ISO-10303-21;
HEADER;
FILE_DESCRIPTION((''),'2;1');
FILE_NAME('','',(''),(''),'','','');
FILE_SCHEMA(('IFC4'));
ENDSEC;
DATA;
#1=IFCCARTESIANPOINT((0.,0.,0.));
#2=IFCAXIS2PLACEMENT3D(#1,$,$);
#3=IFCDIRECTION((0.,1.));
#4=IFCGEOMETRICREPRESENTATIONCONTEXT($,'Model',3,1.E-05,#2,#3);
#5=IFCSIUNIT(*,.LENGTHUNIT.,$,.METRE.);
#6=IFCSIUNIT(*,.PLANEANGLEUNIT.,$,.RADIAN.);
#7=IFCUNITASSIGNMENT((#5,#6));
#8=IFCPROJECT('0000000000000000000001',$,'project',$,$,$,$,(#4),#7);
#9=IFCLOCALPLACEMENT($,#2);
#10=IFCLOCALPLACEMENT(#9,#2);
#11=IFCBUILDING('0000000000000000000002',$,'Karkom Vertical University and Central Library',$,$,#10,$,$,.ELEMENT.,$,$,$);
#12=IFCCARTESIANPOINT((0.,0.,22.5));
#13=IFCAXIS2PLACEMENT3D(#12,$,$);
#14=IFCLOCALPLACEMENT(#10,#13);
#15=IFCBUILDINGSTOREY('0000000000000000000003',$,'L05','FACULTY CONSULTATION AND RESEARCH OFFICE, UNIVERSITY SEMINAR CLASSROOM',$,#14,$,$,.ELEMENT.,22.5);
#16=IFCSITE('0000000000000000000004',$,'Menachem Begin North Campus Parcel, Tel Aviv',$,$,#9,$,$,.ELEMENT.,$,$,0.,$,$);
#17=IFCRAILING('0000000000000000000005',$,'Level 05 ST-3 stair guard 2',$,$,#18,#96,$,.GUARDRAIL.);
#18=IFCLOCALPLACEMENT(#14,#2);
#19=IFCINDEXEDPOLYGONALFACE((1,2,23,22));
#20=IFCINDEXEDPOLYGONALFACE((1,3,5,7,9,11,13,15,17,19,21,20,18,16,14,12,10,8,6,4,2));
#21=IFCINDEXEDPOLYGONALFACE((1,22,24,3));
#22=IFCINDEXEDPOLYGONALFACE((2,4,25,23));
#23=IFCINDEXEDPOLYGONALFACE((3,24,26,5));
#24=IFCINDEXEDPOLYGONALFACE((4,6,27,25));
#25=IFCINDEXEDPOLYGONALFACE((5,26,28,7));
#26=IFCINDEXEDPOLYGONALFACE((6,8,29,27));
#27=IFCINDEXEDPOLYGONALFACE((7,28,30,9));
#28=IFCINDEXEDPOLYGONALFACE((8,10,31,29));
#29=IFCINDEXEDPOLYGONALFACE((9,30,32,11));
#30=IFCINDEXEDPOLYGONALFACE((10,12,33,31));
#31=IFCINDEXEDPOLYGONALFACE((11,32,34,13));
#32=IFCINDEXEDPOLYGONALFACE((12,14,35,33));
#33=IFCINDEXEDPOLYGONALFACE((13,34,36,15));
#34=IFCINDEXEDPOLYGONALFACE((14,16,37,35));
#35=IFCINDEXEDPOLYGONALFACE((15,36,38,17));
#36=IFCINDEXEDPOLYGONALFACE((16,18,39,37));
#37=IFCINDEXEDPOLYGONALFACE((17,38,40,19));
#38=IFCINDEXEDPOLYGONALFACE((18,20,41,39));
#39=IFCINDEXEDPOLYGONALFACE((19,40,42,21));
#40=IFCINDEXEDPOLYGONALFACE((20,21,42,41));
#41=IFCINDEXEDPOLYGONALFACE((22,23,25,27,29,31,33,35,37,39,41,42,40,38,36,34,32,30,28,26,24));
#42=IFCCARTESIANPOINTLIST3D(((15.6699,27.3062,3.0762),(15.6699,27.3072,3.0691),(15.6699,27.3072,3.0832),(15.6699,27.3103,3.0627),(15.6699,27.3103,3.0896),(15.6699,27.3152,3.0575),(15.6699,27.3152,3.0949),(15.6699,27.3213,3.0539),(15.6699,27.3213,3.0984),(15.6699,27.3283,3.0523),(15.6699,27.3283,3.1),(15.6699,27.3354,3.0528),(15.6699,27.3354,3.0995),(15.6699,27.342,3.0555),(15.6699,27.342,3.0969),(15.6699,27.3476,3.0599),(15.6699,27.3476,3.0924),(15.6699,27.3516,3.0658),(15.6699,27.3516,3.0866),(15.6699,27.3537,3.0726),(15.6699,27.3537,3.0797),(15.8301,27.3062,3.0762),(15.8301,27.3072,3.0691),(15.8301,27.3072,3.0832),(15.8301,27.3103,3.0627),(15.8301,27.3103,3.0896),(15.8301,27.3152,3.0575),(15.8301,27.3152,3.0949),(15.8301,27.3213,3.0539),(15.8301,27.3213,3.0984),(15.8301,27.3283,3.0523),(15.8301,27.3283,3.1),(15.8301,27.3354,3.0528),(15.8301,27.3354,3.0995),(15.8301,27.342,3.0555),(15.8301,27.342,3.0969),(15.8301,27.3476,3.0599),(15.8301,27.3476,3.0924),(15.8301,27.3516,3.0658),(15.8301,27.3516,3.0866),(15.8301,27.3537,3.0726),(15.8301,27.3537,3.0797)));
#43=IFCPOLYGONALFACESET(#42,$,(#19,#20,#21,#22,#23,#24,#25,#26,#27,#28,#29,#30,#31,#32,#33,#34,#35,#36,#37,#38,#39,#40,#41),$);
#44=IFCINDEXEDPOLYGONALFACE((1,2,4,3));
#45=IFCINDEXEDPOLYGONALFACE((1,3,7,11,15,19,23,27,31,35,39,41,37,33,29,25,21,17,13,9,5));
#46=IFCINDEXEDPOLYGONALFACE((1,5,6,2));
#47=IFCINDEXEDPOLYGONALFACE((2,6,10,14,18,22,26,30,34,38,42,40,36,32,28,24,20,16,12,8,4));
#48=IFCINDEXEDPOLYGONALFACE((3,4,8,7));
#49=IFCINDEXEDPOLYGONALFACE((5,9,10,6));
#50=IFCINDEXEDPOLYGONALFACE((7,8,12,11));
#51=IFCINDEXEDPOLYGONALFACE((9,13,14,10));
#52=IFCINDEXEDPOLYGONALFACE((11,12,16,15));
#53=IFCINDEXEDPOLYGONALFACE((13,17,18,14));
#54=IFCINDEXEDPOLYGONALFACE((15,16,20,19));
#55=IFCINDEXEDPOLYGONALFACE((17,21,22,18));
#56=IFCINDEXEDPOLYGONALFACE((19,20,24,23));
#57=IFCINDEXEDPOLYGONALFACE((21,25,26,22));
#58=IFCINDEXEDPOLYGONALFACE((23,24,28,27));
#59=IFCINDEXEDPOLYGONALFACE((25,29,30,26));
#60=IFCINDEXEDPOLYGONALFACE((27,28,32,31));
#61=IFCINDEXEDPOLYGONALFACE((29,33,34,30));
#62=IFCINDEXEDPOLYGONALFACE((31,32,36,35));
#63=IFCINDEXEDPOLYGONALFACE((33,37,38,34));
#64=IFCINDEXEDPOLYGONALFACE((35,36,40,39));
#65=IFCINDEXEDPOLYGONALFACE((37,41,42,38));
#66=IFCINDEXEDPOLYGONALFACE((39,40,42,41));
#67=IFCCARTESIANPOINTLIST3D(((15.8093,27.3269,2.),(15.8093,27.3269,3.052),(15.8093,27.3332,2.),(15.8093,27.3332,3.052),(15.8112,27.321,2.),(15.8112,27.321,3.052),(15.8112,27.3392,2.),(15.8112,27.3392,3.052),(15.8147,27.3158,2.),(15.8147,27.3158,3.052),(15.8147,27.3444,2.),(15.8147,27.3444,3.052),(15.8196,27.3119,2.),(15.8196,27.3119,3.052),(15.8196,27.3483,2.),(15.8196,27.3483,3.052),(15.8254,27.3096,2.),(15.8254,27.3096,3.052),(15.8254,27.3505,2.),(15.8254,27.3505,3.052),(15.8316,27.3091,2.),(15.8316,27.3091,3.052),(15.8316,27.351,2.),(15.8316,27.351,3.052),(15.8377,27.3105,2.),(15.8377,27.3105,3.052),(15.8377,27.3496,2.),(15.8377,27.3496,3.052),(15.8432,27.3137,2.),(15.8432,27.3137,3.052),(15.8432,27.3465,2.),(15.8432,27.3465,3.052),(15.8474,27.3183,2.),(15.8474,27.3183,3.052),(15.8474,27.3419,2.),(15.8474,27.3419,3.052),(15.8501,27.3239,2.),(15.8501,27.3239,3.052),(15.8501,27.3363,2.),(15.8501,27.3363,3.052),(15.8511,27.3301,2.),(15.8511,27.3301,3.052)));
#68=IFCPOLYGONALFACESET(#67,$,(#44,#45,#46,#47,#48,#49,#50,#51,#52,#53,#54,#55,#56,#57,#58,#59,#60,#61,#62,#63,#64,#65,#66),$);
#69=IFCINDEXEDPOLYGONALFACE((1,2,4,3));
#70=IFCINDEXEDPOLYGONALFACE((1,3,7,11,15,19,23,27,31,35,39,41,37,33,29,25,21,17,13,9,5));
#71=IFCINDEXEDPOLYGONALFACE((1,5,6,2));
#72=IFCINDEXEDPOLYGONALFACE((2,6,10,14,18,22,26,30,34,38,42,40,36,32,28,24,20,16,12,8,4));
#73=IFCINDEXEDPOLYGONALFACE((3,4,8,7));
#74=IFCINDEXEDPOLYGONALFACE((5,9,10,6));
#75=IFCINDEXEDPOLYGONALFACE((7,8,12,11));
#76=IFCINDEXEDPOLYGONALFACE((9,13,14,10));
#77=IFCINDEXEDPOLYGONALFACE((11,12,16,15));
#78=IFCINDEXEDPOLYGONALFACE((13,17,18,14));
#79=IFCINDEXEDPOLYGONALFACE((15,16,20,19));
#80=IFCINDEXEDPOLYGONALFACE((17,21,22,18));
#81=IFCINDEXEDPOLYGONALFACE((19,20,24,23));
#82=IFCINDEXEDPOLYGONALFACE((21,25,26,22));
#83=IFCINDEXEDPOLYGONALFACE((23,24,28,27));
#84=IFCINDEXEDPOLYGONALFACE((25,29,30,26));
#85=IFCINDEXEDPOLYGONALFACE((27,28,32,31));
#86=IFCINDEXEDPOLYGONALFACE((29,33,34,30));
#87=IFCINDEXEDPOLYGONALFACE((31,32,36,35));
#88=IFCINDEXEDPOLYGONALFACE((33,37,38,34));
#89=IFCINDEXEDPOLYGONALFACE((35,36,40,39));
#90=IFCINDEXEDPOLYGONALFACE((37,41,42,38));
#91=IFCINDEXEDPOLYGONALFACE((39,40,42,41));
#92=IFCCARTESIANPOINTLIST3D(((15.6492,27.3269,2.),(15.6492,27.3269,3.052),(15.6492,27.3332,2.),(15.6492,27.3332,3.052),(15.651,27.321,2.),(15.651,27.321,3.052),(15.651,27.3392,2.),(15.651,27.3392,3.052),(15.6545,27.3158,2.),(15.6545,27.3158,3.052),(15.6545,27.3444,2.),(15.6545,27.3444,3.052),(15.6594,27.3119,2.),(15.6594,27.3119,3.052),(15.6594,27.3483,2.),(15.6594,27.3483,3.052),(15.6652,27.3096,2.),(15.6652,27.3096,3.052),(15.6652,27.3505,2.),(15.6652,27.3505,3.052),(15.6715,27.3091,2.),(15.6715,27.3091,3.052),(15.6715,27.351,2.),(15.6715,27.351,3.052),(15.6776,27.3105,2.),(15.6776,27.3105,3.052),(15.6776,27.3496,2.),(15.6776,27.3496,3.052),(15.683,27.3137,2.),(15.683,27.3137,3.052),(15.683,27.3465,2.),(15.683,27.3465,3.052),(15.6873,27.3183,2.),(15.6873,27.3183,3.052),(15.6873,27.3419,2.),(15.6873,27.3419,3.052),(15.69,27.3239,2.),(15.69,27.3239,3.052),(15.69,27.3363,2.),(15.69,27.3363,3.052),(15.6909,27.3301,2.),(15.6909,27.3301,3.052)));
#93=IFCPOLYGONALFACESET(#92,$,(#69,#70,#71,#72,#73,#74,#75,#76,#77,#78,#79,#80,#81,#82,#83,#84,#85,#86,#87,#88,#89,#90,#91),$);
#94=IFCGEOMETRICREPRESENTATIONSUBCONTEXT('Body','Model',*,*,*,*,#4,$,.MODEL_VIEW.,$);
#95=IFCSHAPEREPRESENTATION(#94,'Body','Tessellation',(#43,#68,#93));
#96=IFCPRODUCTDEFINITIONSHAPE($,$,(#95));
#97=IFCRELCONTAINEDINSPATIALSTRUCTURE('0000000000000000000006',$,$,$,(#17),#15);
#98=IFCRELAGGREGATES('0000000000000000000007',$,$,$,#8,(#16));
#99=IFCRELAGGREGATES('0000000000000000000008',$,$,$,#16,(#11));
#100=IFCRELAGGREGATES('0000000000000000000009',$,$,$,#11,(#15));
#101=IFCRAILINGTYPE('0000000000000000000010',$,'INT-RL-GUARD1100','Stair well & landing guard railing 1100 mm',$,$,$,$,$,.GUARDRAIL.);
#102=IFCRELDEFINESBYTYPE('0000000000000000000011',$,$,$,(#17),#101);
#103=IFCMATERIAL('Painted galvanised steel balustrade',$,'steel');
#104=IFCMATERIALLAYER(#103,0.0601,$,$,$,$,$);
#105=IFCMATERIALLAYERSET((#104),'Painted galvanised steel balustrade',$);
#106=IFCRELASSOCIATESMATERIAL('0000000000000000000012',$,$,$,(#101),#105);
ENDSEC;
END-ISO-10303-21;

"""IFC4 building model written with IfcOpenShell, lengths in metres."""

from ifc_helpers import new_model, si_unit, direction, frame, origin, origin_2d, place, context, subcontext, project, spatial, circle, extrude, material, layer, layer_set, type_object, element, save


model = new_model("IFC4")

# Units and contexts
model_context = context("Model", 3, precision=1e-05, world=origin(), true_north=direction((0.0, 1.0)))
body_context = subcontext(model_context, "Body", "Model", "MODEL_VIEW")
ifc_project = project(units=[si_unit("LENGTHUNIT", "METRE"), si_unit("PLANEANGLEUNIT", "RADIAN")], contexts=[model_context])

# Site, building, storey
site_placement = place(None, origin())
site = spatial("IfcSite", under=ifc_project, at=site_placement, Name="Menachem Begin North Campus Parcel, Tel Aviv", CompositionType="ELEMENT", RefElevation=0.0)
building_placement = place(site_placement, origin())
building = spatial("IfcBuilding", under=site, at=building_placement, Name="Karkom Vertical University and Central Library", CompositionType="ELEMENT")
storey_placement = place(building_placement, frame((0.0, 0.0, 22.5)))
storey = spatial("IfcBuildingStorey", under=building, at=storey_placement, Name="L05", Description="FACULTY CONSULTATION AND RESEARCH OFFICE, UNIVERSITY SEMINAR CLASSROOM", CompositionType="ELEMENT", Elevation=22.5)

# Railing
ifc_material_1 = material(Name="Painted galvanised steel balustrade", Category="steel")
ifc_layer_1 = layer(ifc_material_1, 0.0601)
ifc_layer_set_1 = layer_set([ifc_layer_1], Name="Painted galvanised steel balustrade")
railing_type_1 = type_object("IfcRailingType", Name="INT-RL-GUARD1100", Description="Stair well & landing guard railing 1100 mm", PredefinedType="GUARDRAIL", material=ifc_layer_set_1)
railing_1_placement = place(storey_placement, frame((15.8301, 27.3301, 2.0)))
element("IfcRailing", 1, at=railing_1_placement, inside=storey, type_object=railing_type_1, Name="Level 05 ST-3 stair guard 2", PredefinedType="GUARDRAIL", context=body_context, shape_type="SweptSolid", body=[
    extrude(circle(Radius=0.0239, at=origin_2d()), frame((0.0, 0.0, 1.0762), z_axis=(-1.0, 0.0, 0.0), x_axis=(0.0, -1.0, 0.0)), (0.0, 0.0, 1.0), 0.1602),
    extrude(circle(Radius=0.021, at=origin_2d()), origin(), (0.0, 0.0, 1.0), 1.052),
    extrude(circle(Radius=0.021, at=origin_2d()), frame((-0.1602, 0.0, 0.0)), (0.0, 0.0, 1.0), 1.052),
])

save(model, "model.ifc")
